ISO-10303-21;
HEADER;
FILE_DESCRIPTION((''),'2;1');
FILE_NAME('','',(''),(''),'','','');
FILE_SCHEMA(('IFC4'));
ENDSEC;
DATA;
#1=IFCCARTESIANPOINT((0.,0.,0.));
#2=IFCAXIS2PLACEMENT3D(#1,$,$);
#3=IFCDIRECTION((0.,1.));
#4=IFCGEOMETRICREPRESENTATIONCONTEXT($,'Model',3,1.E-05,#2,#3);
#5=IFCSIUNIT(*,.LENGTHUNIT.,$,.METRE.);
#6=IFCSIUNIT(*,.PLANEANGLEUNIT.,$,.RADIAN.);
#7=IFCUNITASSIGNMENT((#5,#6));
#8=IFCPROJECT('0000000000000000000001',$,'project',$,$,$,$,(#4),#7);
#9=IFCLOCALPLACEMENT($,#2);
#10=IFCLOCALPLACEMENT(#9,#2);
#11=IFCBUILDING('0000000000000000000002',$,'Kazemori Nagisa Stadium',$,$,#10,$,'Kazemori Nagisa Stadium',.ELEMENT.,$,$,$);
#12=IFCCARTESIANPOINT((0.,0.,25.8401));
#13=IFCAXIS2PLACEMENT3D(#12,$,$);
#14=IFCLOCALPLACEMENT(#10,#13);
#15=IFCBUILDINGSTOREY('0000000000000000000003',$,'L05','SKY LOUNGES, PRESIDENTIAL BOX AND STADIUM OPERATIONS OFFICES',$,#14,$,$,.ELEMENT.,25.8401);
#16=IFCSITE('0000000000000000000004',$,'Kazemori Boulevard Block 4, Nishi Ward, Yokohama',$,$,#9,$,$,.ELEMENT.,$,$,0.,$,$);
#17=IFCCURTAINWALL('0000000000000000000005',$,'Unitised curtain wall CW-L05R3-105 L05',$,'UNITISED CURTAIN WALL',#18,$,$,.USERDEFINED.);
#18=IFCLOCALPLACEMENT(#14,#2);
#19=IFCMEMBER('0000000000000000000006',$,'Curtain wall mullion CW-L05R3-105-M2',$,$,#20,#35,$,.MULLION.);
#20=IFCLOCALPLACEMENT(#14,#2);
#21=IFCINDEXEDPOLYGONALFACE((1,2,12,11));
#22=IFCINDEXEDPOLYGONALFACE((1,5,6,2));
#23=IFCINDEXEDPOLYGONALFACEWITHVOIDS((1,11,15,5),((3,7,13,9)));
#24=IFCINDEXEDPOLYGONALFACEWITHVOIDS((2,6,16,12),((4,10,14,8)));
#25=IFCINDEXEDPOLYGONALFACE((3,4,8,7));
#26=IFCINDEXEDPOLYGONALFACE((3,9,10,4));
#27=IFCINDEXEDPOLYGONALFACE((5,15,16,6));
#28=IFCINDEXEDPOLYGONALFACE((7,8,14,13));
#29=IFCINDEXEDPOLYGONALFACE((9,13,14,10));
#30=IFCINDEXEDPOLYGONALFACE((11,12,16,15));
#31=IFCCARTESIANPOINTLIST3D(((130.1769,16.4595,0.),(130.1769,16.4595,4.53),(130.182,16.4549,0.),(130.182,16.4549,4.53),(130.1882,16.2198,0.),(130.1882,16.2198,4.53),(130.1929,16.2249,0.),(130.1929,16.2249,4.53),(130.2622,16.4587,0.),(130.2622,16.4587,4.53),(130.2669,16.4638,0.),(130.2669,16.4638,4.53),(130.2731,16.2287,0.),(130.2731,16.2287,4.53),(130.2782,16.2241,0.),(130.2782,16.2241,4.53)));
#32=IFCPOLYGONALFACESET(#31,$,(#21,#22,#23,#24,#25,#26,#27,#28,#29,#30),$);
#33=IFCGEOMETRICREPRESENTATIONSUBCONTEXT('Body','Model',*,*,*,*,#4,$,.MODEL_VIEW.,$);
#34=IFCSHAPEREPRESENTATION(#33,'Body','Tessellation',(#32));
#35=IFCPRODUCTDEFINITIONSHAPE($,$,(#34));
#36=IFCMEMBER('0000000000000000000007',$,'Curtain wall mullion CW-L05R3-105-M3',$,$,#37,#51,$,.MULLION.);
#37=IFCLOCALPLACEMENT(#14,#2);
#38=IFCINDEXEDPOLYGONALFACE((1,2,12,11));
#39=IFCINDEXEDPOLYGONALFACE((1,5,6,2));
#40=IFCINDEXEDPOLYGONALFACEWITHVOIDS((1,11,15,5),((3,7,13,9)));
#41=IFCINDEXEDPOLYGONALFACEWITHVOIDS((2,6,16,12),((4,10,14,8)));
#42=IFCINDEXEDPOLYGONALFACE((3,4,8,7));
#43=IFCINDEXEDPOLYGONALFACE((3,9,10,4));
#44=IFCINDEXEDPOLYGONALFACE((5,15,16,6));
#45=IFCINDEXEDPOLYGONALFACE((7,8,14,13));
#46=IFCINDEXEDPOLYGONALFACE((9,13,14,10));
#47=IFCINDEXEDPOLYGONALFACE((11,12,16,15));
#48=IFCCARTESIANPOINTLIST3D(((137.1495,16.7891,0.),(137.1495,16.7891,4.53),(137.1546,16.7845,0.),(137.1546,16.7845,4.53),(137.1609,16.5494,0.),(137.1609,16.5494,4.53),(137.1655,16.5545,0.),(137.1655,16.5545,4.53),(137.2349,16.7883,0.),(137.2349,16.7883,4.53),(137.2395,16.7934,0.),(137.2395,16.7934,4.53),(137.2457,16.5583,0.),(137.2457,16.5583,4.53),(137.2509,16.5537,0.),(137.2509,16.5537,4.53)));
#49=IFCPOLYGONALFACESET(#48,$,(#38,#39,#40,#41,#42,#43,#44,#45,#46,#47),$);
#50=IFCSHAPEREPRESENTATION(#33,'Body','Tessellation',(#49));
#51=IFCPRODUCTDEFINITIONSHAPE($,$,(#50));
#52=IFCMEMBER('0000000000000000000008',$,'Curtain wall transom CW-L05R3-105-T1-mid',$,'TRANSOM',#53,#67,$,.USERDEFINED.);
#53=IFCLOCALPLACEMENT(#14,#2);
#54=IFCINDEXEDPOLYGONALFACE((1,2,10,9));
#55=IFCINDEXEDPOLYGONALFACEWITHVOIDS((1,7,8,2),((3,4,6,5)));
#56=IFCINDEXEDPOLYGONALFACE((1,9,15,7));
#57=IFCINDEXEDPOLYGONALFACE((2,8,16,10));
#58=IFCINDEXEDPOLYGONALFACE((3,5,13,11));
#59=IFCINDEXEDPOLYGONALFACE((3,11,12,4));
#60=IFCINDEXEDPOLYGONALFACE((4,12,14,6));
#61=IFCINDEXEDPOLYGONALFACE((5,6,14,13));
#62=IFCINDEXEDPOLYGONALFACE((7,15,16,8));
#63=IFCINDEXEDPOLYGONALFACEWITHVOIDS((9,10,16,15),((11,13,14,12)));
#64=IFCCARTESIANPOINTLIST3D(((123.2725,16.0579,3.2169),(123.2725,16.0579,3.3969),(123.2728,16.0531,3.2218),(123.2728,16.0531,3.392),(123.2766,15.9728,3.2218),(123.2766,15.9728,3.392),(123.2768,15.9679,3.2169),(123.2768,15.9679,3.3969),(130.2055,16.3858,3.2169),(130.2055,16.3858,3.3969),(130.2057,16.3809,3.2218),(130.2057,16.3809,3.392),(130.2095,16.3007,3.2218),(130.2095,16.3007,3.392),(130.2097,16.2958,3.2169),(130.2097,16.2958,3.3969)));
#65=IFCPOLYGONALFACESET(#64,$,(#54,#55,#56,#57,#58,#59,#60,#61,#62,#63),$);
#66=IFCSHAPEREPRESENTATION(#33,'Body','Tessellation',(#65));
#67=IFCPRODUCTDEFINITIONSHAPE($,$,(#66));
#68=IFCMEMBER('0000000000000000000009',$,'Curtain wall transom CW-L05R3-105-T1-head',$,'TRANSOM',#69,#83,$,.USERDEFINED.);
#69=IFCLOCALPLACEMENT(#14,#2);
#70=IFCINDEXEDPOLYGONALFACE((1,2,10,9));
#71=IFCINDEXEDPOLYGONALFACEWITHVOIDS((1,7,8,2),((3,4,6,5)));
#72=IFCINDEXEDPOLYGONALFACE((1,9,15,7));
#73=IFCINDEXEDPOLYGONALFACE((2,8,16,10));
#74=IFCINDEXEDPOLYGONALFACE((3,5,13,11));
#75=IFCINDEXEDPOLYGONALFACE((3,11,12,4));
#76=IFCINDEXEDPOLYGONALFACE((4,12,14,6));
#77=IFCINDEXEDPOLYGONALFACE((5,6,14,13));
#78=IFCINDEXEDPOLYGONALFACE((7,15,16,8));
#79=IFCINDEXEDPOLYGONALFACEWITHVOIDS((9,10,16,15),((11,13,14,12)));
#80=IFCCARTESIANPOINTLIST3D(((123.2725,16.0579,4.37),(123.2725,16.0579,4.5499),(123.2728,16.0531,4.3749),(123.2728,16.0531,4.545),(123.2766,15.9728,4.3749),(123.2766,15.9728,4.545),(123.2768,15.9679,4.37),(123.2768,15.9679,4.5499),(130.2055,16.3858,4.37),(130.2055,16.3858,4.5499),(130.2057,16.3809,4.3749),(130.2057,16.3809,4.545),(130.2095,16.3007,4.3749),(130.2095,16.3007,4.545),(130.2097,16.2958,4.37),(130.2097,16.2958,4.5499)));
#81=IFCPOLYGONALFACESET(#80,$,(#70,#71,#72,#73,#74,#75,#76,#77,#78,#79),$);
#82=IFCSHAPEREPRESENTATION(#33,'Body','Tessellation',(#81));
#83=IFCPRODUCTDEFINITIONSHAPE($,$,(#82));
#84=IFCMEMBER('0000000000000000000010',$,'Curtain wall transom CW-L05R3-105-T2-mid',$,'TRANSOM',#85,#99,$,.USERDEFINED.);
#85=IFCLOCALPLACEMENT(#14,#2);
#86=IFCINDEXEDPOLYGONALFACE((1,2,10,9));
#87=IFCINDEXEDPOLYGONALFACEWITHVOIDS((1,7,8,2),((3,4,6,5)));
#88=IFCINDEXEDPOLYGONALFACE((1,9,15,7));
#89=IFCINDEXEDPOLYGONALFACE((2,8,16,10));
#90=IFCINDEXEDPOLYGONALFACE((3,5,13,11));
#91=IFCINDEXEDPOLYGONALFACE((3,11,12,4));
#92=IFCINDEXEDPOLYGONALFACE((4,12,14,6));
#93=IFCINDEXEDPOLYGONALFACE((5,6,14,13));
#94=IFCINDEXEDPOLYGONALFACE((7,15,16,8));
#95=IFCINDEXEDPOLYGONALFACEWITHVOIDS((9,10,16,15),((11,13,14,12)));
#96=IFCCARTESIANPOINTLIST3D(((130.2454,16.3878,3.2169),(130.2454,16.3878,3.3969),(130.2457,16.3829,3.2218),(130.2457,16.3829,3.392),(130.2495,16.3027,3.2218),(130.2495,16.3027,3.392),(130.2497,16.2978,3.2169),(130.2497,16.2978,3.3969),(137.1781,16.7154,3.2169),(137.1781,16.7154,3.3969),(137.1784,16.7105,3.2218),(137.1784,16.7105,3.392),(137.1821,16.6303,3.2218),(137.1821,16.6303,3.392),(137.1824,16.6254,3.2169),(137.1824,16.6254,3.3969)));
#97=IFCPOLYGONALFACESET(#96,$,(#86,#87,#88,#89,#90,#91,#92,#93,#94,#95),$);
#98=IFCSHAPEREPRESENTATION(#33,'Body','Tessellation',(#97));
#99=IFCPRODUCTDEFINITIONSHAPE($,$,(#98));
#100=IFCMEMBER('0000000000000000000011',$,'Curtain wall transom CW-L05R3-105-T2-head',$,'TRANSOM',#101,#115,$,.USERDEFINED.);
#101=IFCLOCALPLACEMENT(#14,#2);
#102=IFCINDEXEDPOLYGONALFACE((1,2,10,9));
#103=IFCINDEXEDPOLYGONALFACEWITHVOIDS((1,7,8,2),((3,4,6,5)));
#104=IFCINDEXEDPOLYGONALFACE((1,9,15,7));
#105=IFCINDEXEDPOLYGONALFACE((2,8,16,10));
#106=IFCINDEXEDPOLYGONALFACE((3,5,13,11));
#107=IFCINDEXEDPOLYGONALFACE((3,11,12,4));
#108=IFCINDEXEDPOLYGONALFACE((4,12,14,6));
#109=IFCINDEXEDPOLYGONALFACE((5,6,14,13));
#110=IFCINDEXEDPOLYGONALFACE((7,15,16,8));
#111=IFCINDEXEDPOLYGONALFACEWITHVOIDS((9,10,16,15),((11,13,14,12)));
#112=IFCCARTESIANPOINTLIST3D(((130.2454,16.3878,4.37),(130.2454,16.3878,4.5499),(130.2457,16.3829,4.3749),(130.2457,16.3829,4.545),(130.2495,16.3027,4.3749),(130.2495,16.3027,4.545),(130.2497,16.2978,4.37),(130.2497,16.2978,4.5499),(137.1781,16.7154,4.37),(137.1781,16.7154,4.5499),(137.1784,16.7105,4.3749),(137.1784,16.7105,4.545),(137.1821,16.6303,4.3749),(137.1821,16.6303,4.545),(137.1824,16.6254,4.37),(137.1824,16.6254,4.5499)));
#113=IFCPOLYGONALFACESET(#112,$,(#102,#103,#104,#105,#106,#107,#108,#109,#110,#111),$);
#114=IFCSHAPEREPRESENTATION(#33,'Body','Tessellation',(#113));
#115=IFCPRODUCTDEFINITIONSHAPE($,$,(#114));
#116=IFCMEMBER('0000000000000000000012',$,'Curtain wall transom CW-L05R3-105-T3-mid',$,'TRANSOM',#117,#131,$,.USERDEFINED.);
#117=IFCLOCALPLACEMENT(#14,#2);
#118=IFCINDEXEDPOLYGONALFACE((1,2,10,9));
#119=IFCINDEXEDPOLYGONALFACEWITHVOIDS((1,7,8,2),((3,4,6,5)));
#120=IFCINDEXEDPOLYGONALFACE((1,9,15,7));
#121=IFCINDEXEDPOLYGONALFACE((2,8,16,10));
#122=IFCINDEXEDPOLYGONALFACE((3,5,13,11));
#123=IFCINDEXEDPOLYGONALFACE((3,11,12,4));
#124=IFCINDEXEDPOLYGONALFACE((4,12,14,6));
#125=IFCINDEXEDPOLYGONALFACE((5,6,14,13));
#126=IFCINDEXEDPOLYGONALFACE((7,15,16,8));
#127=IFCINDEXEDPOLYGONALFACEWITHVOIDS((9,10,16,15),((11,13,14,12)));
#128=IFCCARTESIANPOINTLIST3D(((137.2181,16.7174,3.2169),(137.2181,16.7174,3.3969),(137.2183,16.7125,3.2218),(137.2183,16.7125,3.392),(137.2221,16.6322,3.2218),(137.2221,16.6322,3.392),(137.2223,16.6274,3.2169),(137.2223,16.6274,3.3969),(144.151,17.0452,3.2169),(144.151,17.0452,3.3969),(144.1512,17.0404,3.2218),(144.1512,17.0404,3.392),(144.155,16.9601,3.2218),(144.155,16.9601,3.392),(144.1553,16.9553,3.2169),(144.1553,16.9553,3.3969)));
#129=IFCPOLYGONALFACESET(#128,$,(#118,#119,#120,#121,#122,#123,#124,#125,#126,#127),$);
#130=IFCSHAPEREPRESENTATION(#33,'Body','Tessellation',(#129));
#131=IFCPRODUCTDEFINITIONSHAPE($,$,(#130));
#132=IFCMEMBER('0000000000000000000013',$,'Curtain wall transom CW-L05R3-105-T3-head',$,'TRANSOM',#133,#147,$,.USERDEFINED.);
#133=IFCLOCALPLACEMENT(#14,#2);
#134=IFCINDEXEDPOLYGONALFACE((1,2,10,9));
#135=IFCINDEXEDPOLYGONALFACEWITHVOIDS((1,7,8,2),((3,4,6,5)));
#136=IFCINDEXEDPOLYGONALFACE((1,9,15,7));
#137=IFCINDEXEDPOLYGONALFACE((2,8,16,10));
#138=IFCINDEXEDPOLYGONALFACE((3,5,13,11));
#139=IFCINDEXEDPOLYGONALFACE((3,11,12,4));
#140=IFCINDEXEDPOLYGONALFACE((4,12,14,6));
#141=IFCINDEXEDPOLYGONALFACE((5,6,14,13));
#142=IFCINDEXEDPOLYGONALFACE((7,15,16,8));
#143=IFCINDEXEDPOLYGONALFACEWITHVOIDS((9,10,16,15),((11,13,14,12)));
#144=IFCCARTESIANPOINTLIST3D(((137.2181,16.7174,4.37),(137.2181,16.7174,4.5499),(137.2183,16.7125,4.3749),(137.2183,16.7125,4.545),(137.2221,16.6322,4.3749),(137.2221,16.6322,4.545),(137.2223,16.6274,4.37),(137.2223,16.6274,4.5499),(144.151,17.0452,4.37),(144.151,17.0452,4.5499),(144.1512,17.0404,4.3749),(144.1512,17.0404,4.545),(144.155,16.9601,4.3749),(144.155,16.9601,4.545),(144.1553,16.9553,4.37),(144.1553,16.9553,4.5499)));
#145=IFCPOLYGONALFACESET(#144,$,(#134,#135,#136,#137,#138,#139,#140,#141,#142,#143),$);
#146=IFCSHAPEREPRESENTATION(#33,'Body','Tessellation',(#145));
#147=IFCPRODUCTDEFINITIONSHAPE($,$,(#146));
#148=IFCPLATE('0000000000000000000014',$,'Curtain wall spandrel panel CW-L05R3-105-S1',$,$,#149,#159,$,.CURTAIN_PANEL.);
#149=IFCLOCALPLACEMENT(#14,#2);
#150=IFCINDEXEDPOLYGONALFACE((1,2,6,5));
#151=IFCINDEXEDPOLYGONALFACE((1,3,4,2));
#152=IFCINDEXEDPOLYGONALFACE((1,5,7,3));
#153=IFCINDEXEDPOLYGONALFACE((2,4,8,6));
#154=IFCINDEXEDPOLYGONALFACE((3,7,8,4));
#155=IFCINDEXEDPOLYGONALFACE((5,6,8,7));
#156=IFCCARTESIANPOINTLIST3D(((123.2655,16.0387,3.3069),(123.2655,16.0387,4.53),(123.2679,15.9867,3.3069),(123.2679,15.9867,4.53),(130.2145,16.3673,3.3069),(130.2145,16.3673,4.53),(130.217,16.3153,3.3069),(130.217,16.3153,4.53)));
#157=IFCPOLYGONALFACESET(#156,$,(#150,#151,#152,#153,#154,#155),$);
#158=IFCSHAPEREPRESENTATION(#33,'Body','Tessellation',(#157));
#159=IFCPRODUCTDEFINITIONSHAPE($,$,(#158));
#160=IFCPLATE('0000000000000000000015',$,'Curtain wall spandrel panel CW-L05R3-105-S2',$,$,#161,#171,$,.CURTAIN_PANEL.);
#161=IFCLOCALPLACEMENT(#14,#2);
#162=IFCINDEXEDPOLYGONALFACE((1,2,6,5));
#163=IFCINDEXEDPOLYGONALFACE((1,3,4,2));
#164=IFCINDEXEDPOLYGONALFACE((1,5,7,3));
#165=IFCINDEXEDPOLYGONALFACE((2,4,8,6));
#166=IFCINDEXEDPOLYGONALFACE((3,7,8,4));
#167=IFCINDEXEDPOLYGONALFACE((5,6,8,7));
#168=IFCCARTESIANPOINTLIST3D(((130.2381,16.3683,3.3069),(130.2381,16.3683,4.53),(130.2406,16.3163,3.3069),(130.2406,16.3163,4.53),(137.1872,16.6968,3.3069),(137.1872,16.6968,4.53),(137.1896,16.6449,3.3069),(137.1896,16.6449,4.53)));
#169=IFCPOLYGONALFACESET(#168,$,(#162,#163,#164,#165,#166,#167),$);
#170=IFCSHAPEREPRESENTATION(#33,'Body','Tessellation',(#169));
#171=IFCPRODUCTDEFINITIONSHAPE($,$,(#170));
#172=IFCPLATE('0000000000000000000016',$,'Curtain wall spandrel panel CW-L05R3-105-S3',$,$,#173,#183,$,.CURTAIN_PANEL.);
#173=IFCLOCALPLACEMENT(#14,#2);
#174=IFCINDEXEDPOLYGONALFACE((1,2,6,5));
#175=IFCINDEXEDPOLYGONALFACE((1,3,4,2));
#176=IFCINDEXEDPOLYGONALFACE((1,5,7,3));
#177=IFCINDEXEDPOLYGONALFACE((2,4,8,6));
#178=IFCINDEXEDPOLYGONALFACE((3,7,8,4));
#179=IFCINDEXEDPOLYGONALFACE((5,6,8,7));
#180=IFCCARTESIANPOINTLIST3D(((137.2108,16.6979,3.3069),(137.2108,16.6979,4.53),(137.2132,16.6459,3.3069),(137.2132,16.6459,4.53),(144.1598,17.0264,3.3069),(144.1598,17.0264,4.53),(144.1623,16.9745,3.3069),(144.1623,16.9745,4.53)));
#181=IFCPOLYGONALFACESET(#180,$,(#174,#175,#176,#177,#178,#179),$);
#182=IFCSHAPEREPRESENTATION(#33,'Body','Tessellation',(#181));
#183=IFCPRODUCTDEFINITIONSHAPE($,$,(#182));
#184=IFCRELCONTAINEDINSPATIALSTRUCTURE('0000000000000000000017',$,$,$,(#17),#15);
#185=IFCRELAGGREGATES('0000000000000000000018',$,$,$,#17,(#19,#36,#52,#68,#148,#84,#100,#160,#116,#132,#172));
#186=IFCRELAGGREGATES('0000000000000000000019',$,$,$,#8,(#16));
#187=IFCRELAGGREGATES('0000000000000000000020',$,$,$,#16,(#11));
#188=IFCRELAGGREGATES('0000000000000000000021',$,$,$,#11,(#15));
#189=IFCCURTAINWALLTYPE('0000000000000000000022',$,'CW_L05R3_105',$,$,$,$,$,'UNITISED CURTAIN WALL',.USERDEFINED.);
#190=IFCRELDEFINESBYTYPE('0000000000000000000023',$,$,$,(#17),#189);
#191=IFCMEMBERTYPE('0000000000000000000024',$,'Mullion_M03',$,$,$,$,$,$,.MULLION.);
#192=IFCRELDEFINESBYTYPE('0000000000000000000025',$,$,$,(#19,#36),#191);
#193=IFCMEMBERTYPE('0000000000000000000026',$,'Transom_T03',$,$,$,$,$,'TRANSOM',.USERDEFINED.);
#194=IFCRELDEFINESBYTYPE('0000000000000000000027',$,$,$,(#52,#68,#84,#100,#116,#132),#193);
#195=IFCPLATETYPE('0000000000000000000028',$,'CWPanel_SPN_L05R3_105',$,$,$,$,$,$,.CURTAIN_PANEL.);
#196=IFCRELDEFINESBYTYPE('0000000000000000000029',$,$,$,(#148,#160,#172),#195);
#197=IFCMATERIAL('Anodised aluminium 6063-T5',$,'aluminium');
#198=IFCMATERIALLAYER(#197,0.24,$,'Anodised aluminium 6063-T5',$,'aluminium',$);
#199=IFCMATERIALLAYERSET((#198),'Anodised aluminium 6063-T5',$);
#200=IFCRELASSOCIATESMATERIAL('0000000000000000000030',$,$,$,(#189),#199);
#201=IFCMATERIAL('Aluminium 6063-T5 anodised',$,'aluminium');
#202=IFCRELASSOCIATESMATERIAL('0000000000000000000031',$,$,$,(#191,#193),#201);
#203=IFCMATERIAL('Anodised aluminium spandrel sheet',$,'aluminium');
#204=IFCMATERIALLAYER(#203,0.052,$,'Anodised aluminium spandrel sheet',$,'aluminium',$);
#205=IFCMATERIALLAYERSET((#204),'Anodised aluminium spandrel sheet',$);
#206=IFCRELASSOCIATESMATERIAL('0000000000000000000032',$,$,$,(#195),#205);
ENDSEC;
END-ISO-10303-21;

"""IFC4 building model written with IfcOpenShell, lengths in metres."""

from ifc_helpers import new_model, si_unit, direction, frame, origin, origin_2d, place, context, subcontext, project, spatial, rectangle, hollow_rectangle, extrude, material, layer, layer_set, material_profile, profile_set, type_object, element, aggregate, save


model = new_model("IFC4")

# Units and contexts
model_context = context("Model", 3, precision=1e-05, world=origin(), true_north=direction((0.0, 1.0)))
body_context = subcontext(model_context, "Body", "Model", "MODEL_VIEW")
ifc_project = project(units=[si_unit("LENGTHUNIT", "METRE"), si_unit("PLANEANGLEUNIT", "RADIAN")], contexts=[model_context])

# Site, building, storey
site_placement = place(None, origin())
site = spatial("IfcSite", under=ifc_project, at=site_placement, Name="Kazemori Boulevard Block 4, Nishi Ward, Yokohama", CompositionType="ELEMENT", RefElevation=0.0)
building_placement = place(site_placement, origin())
building = spatial("IfcBuilding", under=site, at=building_placement, Name="Kazemori Nagisa Stadium", LongName="Kazemori Nagisa Stadium", CompositionType="ELEMENT")
storey_placement = place(building_placement, frame((0.0, 0.0, 25.8401)))
storey = spatial("IfcBuildingStorey", under=building, at=storey_placement, Name="L05", Description="SKY LOUNGES, PRESIDENTIAL BOX AND STADIUM OPERATIONS OFFICES", CompositionType="ELEMENT", Elevation=25.8401)

# Curtain wall, members, plates
ifc_material_1 = material(Name="Anodised aluminium 6063-T5", Category="aluminium")
ifc_layer_1 = layer(ifc_material_1, 0.24, Name="Anodised aluminium 6063-T5", Category="aluminium")
ifc_layer_set_1 = layer_set([ifc_layer_1], Name="Anodised aluminium 6063-T5")
curtain_wall_type = type_object("IfcCurtainWallType", Name="CW_L05R3_105", ElementType="UNITISED CURTAIN WALL", PredefinedType="USERDEFINED", material=ifc_layer_set_1)
curtain_wall_placement = place(storey_placement, origin())
curtain_wall = element("IfcCurtainWall", 1, at=curtain_wall_placement, inside=storey, type_object=curtain_wall_type, Name="Unitised curtain wall CW-L05R3-105 L05", ObjectType="UNITISED CURTAIN WALL", PredefinedType="USERDEFINED")
ifc_material_2 = material(Name="Aluminium 6063-T5 anodised", Category="aluminium")
ifc_material_profile_1 = material_profile(ifc_material_2, hollow_rectangle(XDim=0.0901, YDim=0.24, WallThickness=0.0049, at=origin_2d()), Name="ALU-MULL-90x240x5")
ifc_profile_set_1 = profile_set([ifc_material_profile_1], Name="Aluminium 6063-T5 anodised")
member_type_1 = type_object("IfcMemberType", Name="Mullion_M03", PredefinedType="MULLION", material=ifc_profile_set_1)
member_1_placement = place(storey_placement, frame((130.2275, 16.3418, 0.0), z_axis=(0.0, 0.0, 1.0), x_axis=(0.998884, 0.04723, 0.0)))
member_1 = element("IfcMember", 2, at=member_1_placement, type_object=member_type_1, Name="Curtain wall mullion CW-L05R3-105-M2", PredefinedType="MULLION", context=body_context, shape_type="SweptSolid", body=[
    extrude(hollow_rectangle(XDim=0.0901, YDim=0.24, WallThickness=0.0049, at=origin_2d()), origin(), (0.0, 0.0, 1.0), 4.53),
])
member_2_placement = place(storey_placement, frame((137.2002, 16.6714, 0.0), z_axis=(0.0, 0.0, 1.0), x_axis=(0.998884, 0.04723, 0.0)))
member_2 = element("IfcMember", 3, at=member_2_placement, type_object=member_type_1, Name="Curtain wall mullion CW-L05R3-105-M3", PredefinedType="MULLION", context=body_context, shape_type="SweptSolid", body=[
    extrude(hollow_rectangle(XDim=0.0901, YDim=0.24, WallThickness=0.0049, at=origin_2d()), origin(), (0.0, 0.0, 1.0), 4.53),
])
ifc_material_profile_2 = material_profile(ifc_material_2, hollow_rectangle(XDim=0.0901, YDim=0.1799, WallThickness=0.0049, at=origin_2d()), Name="ALU-TRAN-90x180x5")
ifc_profile_set_2 = profile_set([ifc_material_profile_2], Name="Aluminium 6063-T5 anodised")
member_type_2 = type_object("IfcMemberType", Name="Transom_T03", ElementType="TRANSOM", PredefinedType="USERDEFINED", material=ifc_profile_set_2)
member_3_placement = place(storey_placement, frame((123.2747, 16.0129, 3.3069), z_axis=(0.998884, 0.047241, 0.0), x_axis=(-0.047241, 0.998884, 0.0)))
member_3 = element("IfcMember", 4, at=member_3_placement, type_object=member_type_2, Name="Curtain wall transom CW-L05R3-105-T1-mid", ObjectType="TRANSOM", PredefinedType="USERDEFINED", context=body_context, shape_type="SweptSolid", body=[
    extrude(hollow_rectangle(XDim=0.0901, YDim=0.1799, WallThickness=0.0049, at=origin_2d()), origin(), (0.0, 0.0, 1.0), 6.9407),
])
member_4_placement = place(storey_placement, frame((123.2747, 16.0129, 4.46), z_axis=(0.998884, 0.047241, 0.0), x_axis=(-0.047241, 0.998884, 0.0)))
member_4 = element("IfcMember", 5, at=member_4_placement, type_object=member_type_2, Name="Curtain wall transom CW-L05R3-105-T1-head", ObjectType="TRANSOM", PredefinedType="USERDEFINED", context=body_context, shape_type="SweptSolid", body=[
    extrude(hollow_rectangle(XDim=0.0901, YDim=0.1799, WallThickness=0.0049, at=origin_2d()), origin(), (0.0, 0.0, 1.0), 6.9407),
])
member_5_placement = place(storey_placement, frame((130.2476, 16.3428, 3.3069), z_axis=(0.998885, 0.047207, 0.0), x_axis=(-0.047207, 0.998885, 0.0)))
member_5 = element("IfcMember", 6, at=member_5_placement, type_object=member_type_2, Name="Curtain wall transom CW-L05R3-105-T2-mid", ObjectType="TRANSOM", PredefinedType="USERDEFINED", context=body_context, shape_type="SweptSolid", body=[
    extrude(hollow_rectangle(XDim=0.0901, YDim=0.1799, WallThickness=0.0049, at=origin_2d()), origin(), (0.0, 0.0, 1.0), 6.9404),
])
member_6_placement = place(storey_placement, frame((130.2476, 16.3428, 4.46), z_axis=(0.998885, 0.047207, 0.0), x_axis=(-0.047207, 0.998885, 0.0)))
member_6 = element("IfcMember", 7, at=member_6_placement, type_object=member_type_2, Name="Curtain wall transom CW-L05R3-105-T2-head", ObjectType="TRANSOM", PredefinedType="USERDEFINED", context=body_context, shape_type="SweptSolid", body=[
    extrude(hollow_rectangle(XDim=0.0901, YDim=0.1799, WallThickness=0.0049, at=origin_2d()), origin(), (0.0, 0.0, 1.0), 6.9404),
])
member_7_placement = place(storey_placement, frame((137.2202, 16.6724, 3.3069), z_axis=(0.998884, 0.047241, 0.0), x_axis=(-0.047241, 0.998884, 0.0)))
member_7 = element("IfcMember", 8, at=member_7_placement, type_object=member_type_2, Name="Curtain wall transom CW-L05R3-105-T3-mid", ObjectType="TRANSOM", PredefinedType="USERDEFINED", context=body_context, shape_type="SweptSolid", body=[
    extrude(hollow_rectangle(XDim=0.0901, YDim=0.1799, WallThickness=0.0049, at=origin_2d()), origin(), (0.0, 0.0, 1.0), 6.9407),
])
member_8_placement = place(storey_placement, frame((137.2202, 16.6724, 4.46), z_axis=(0.998884, 0.047241, 0.0), x_axis=(-0.047241, 0.998884, 0.0)))
member_8 = element("IfcMember", 9, at=member_8_placement, type_object=member_type_2, Name="Curtain wall transom CW-L05R3-105-T3-head", ObjectType="TRANSOM", PredefinedType="USERDEFINED", context=body_context, shape_type="SweptSolid", body=[
    extrude(hollow_rectangle(XDim=0.0901, YDim=0.1799, WallThickness=0.0049, at=origin_2d()), origin(), (0.0, 0.0, 1.0), 6.9407),
])
ifc_material_3 = material(Name="Anodised aluminium spandrel sheet", Category="aluminium")
ifc_layer_2 = layer(ifc_material_3, 0.052, Name="Anodised aluminium spandrel sheet", Category="aluminium")
ifc_layer_set_2 = layer_set([ifc_layer_2], Name="Anodised aluminium spandrel sheet")
plate_type_1 = type_object("IfcPlateType", Name="CWPanel_SPN_L05R3_105", PredefinedType="CURTAIN_PANEL", material=ifc_layer_set_2)
plate_1_placement = place(storey_placement, frame((126.7412, 16.177, 3.3069), z_axis=(0.0, 0.0, 1.0), x_axis=(0.998884, 0.04723, 0.0)))
plate_1 = element("IfcPlate", 10, at=plate_1_placement, type_object=plate_type_1, Name="Curtain wall spandrel panel CW-L05R3-105-S1", PredefinedType="CURTAIN_PANEL", context=body_context, shape_type="SweptSolid", body=[
    extrude(rectangle(XDim=6.9568, YDim=0.052, at=origin_2d()), origin(), (0.0, 0.0, 1.0), 1.2231),
])
plate_2_placement = place(storey_placement, frame((133.7139, 16.5066, 3.3069), z_axis=(0.0, 0.0, 1.0), x_axis=(0.998884, 0.04723, 0.0)))
plate_2 = element("IfcPlate", 11, at=plate_2_placement, type_object=plate_type_1, Name="Curtain wall spandrel panel CW-L05R3-105-S2", PredefinedType="CURTAIN_PANEL", context=body_context, shape_type="SweptSolid", body=[
    extrude(rectangle(XDim=6.9568, YDim=0.052, at=origin_2d()), origin(), (0.0, 0.0, 1.0), 1.2231),
])
plate_3_placement = place(storey_placement, frame((140.6865, 16.8362, 3.3069), z_axis=(0.0, 0.0, 1.0), x_axis=(0.998884, 0.04723, 0.0)))
plate_3 = element("IfcPlate", 12, at=plate_3_placement, type_object=plate_type_1, Name="Curtain wall spandrel panel CW-L05R3-105-S3", PredefinedType="CURTAIN_PANEL", context=body_context, shape_type="SweptSolid", body=[
    extrude(rectangle(XDim=6.9568, YDim=0.052, at=origin_2d()), origin(), (0.0, 0.0, 1.0), 1.2231),
])
aggregate(curtain_wall, [member_1, member_2, member_3, member_4, plate_1, member_5, member_6, plate_2, member_7, member_8, plate_3])

save(model, "model.ifc")
